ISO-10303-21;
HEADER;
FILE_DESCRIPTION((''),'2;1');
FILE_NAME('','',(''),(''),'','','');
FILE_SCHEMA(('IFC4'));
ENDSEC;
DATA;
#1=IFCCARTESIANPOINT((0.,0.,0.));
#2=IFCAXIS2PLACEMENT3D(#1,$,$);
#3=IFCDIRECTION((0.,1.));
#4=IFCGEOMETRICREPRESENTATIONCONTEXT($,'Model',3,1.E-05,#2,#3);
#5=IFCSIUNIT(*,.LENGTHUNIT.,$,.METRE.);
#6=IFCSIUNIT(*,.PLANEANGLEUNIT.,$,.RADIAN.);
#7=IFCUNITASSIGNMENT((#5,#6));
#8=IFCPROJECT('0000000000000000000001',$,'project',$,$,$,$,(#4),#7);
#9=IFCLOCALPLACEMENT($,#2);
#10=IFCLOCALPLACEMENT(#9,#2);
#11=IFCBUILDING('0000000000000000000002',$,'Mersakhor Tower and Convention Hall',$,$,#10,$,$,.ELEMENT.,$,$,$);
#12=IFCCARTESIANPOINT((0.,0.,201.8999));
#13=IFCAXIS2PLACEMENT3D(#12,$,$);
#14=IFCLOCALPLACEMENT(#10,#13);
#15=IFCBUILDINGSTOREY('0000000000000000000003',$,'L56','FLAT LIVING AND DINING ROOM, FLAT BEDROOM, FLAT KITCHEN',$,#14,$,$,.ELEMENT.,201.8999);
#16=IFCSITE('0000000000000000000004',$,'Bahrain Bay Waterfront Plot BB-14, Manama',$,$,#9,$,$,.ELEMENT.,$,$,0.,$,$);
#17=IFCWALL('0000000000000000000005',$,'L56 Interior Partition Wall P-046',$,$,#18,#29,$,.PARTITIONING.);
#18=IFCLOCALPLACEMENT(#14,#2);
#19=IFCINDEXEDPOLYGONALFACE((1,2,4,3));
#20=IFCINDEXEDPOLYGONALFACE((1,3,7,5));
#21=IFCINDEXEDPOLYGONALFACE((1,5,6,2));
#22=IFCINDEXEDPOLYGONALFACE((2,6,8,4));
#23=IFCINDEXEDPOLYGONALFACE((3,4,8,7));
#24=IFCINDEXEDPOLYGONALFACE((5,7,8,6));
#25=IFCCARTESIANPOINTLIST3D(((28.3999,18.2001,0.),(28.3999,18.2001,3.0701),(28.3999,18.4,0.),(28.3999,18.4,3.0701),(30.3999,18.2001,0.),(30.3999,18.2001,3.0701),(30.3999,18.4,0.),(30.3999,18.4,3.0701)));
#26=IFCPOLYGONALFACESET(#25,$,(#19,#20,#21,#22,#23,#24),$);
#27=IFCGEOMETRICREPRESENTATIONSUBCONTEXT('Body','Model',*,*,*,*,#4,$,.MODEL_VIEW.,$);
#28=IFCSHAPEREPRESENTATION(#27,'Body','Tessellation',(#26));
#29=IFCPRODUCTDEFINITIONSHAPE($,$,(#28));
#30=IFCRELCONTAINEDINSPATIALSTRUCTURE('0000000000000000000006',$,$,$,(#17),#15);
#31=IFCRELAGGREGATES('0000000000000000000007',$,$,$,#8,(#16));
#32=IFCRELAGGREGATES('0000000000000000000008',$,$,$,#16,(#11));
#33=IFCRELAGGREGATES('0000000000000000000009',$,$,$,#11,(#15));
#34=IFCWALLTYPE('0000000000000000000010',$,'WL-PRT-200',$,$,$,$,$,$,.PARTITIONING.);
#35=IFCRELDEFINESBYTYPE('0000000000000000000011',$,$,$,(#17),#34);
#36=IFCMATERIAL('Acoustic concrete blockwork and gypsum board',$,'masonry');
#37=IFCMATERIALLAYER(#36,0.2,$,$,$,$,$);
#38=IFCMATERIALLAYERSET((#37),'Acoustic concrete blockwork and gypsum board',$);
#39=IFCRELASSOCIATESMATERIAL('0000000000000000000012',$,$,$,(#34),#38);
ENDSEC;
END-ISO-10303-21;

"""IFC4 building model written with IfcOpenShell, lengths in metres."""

from ifc_helpers import new_model, si_unit, direction, frame, frame_2d, origin, place, context, subcontext, project, spatial, rectangle, extrude, material, layer, layer_set, type_object, element, save


model = new_model("IFC4")

# Units and contexts
model_context = context("Model", 3, precision=1e-05, world=origin(), true_north=direction((0.0, 1.0)))
body_context = subcontext(model_context, "Body", "Model", "MODEL_VIEW")
ifc_project = project(units=[si_unit("LENGTHUNIT", "METRE"), si_unit("PLANEANGLEUNIT", "RADIAN")], contexts=[model_context])

# Site, building, storey
site_placement = place(None, origin())
site = spatial("IfcSite", under=ifc_project, at=site_placement, Name="Bahrain Bay Waterfront Plot BB-14, Manama", CompositionType="ELEMENT", RefElevation=0.0)
building_placement = place(site_placement, origin())
building = spatial("IfcBuilding", under=site, at=building_placement, Name="Mersakhor Tower and Convention Hall", CompositionType="ELEMENT")
storey_placement = place(building_placement, frame((0.0, 0.0, 201.8999)))
storey = spatial("IfcBuildingStorey", under=building, at=storey_placement, Name="L56", Description="FLAT LIVING AND DINING ROOM, FLAT BEDROOM, FLAT KITCHEN", CompositionType="ELEMENT", Elevation=201.8999)

# Shared definitions
ifc_material_1 = material(Name="Acoustic concrete blockwork and gypsum board", Category="masonry")
ifc_layer_1 = layer(ifc_material_1, 0.2)
ifc_layer_set_1 = layer_set([ifc_layer_1], Name="Acoustic concrete blockwork and gypsum board")
wall_type_1 = type_object("IfcWallType", Name="WL-PRT-200", PredefinedType="PARTITIONING", material=ifc_layer_set_1)

# Wall
wall_1_placement = place(storey_placement, frame((30.3999, 18.3, 0.0), z_axis=(0.0, 0.0, 1.0), x_axis=(-1.0, 0.0, 0.0)))
element("IfcWall", 1, at=wall_1_placement, inside=storey, type_object=wall_type_1, Name="L56 Interior Partition Wall P-046", PredefinedType="PARTITIONING", context=body_context, shape_type="SweptSolid", body=[
    extrude(rectangle(XDim=2.0, YDim=0.2, at=frame_2d((1.0, 0.0))), origin(), (0.0, 0.0, 1.0), 3.0701),
])

save(model, "model.ifc")
